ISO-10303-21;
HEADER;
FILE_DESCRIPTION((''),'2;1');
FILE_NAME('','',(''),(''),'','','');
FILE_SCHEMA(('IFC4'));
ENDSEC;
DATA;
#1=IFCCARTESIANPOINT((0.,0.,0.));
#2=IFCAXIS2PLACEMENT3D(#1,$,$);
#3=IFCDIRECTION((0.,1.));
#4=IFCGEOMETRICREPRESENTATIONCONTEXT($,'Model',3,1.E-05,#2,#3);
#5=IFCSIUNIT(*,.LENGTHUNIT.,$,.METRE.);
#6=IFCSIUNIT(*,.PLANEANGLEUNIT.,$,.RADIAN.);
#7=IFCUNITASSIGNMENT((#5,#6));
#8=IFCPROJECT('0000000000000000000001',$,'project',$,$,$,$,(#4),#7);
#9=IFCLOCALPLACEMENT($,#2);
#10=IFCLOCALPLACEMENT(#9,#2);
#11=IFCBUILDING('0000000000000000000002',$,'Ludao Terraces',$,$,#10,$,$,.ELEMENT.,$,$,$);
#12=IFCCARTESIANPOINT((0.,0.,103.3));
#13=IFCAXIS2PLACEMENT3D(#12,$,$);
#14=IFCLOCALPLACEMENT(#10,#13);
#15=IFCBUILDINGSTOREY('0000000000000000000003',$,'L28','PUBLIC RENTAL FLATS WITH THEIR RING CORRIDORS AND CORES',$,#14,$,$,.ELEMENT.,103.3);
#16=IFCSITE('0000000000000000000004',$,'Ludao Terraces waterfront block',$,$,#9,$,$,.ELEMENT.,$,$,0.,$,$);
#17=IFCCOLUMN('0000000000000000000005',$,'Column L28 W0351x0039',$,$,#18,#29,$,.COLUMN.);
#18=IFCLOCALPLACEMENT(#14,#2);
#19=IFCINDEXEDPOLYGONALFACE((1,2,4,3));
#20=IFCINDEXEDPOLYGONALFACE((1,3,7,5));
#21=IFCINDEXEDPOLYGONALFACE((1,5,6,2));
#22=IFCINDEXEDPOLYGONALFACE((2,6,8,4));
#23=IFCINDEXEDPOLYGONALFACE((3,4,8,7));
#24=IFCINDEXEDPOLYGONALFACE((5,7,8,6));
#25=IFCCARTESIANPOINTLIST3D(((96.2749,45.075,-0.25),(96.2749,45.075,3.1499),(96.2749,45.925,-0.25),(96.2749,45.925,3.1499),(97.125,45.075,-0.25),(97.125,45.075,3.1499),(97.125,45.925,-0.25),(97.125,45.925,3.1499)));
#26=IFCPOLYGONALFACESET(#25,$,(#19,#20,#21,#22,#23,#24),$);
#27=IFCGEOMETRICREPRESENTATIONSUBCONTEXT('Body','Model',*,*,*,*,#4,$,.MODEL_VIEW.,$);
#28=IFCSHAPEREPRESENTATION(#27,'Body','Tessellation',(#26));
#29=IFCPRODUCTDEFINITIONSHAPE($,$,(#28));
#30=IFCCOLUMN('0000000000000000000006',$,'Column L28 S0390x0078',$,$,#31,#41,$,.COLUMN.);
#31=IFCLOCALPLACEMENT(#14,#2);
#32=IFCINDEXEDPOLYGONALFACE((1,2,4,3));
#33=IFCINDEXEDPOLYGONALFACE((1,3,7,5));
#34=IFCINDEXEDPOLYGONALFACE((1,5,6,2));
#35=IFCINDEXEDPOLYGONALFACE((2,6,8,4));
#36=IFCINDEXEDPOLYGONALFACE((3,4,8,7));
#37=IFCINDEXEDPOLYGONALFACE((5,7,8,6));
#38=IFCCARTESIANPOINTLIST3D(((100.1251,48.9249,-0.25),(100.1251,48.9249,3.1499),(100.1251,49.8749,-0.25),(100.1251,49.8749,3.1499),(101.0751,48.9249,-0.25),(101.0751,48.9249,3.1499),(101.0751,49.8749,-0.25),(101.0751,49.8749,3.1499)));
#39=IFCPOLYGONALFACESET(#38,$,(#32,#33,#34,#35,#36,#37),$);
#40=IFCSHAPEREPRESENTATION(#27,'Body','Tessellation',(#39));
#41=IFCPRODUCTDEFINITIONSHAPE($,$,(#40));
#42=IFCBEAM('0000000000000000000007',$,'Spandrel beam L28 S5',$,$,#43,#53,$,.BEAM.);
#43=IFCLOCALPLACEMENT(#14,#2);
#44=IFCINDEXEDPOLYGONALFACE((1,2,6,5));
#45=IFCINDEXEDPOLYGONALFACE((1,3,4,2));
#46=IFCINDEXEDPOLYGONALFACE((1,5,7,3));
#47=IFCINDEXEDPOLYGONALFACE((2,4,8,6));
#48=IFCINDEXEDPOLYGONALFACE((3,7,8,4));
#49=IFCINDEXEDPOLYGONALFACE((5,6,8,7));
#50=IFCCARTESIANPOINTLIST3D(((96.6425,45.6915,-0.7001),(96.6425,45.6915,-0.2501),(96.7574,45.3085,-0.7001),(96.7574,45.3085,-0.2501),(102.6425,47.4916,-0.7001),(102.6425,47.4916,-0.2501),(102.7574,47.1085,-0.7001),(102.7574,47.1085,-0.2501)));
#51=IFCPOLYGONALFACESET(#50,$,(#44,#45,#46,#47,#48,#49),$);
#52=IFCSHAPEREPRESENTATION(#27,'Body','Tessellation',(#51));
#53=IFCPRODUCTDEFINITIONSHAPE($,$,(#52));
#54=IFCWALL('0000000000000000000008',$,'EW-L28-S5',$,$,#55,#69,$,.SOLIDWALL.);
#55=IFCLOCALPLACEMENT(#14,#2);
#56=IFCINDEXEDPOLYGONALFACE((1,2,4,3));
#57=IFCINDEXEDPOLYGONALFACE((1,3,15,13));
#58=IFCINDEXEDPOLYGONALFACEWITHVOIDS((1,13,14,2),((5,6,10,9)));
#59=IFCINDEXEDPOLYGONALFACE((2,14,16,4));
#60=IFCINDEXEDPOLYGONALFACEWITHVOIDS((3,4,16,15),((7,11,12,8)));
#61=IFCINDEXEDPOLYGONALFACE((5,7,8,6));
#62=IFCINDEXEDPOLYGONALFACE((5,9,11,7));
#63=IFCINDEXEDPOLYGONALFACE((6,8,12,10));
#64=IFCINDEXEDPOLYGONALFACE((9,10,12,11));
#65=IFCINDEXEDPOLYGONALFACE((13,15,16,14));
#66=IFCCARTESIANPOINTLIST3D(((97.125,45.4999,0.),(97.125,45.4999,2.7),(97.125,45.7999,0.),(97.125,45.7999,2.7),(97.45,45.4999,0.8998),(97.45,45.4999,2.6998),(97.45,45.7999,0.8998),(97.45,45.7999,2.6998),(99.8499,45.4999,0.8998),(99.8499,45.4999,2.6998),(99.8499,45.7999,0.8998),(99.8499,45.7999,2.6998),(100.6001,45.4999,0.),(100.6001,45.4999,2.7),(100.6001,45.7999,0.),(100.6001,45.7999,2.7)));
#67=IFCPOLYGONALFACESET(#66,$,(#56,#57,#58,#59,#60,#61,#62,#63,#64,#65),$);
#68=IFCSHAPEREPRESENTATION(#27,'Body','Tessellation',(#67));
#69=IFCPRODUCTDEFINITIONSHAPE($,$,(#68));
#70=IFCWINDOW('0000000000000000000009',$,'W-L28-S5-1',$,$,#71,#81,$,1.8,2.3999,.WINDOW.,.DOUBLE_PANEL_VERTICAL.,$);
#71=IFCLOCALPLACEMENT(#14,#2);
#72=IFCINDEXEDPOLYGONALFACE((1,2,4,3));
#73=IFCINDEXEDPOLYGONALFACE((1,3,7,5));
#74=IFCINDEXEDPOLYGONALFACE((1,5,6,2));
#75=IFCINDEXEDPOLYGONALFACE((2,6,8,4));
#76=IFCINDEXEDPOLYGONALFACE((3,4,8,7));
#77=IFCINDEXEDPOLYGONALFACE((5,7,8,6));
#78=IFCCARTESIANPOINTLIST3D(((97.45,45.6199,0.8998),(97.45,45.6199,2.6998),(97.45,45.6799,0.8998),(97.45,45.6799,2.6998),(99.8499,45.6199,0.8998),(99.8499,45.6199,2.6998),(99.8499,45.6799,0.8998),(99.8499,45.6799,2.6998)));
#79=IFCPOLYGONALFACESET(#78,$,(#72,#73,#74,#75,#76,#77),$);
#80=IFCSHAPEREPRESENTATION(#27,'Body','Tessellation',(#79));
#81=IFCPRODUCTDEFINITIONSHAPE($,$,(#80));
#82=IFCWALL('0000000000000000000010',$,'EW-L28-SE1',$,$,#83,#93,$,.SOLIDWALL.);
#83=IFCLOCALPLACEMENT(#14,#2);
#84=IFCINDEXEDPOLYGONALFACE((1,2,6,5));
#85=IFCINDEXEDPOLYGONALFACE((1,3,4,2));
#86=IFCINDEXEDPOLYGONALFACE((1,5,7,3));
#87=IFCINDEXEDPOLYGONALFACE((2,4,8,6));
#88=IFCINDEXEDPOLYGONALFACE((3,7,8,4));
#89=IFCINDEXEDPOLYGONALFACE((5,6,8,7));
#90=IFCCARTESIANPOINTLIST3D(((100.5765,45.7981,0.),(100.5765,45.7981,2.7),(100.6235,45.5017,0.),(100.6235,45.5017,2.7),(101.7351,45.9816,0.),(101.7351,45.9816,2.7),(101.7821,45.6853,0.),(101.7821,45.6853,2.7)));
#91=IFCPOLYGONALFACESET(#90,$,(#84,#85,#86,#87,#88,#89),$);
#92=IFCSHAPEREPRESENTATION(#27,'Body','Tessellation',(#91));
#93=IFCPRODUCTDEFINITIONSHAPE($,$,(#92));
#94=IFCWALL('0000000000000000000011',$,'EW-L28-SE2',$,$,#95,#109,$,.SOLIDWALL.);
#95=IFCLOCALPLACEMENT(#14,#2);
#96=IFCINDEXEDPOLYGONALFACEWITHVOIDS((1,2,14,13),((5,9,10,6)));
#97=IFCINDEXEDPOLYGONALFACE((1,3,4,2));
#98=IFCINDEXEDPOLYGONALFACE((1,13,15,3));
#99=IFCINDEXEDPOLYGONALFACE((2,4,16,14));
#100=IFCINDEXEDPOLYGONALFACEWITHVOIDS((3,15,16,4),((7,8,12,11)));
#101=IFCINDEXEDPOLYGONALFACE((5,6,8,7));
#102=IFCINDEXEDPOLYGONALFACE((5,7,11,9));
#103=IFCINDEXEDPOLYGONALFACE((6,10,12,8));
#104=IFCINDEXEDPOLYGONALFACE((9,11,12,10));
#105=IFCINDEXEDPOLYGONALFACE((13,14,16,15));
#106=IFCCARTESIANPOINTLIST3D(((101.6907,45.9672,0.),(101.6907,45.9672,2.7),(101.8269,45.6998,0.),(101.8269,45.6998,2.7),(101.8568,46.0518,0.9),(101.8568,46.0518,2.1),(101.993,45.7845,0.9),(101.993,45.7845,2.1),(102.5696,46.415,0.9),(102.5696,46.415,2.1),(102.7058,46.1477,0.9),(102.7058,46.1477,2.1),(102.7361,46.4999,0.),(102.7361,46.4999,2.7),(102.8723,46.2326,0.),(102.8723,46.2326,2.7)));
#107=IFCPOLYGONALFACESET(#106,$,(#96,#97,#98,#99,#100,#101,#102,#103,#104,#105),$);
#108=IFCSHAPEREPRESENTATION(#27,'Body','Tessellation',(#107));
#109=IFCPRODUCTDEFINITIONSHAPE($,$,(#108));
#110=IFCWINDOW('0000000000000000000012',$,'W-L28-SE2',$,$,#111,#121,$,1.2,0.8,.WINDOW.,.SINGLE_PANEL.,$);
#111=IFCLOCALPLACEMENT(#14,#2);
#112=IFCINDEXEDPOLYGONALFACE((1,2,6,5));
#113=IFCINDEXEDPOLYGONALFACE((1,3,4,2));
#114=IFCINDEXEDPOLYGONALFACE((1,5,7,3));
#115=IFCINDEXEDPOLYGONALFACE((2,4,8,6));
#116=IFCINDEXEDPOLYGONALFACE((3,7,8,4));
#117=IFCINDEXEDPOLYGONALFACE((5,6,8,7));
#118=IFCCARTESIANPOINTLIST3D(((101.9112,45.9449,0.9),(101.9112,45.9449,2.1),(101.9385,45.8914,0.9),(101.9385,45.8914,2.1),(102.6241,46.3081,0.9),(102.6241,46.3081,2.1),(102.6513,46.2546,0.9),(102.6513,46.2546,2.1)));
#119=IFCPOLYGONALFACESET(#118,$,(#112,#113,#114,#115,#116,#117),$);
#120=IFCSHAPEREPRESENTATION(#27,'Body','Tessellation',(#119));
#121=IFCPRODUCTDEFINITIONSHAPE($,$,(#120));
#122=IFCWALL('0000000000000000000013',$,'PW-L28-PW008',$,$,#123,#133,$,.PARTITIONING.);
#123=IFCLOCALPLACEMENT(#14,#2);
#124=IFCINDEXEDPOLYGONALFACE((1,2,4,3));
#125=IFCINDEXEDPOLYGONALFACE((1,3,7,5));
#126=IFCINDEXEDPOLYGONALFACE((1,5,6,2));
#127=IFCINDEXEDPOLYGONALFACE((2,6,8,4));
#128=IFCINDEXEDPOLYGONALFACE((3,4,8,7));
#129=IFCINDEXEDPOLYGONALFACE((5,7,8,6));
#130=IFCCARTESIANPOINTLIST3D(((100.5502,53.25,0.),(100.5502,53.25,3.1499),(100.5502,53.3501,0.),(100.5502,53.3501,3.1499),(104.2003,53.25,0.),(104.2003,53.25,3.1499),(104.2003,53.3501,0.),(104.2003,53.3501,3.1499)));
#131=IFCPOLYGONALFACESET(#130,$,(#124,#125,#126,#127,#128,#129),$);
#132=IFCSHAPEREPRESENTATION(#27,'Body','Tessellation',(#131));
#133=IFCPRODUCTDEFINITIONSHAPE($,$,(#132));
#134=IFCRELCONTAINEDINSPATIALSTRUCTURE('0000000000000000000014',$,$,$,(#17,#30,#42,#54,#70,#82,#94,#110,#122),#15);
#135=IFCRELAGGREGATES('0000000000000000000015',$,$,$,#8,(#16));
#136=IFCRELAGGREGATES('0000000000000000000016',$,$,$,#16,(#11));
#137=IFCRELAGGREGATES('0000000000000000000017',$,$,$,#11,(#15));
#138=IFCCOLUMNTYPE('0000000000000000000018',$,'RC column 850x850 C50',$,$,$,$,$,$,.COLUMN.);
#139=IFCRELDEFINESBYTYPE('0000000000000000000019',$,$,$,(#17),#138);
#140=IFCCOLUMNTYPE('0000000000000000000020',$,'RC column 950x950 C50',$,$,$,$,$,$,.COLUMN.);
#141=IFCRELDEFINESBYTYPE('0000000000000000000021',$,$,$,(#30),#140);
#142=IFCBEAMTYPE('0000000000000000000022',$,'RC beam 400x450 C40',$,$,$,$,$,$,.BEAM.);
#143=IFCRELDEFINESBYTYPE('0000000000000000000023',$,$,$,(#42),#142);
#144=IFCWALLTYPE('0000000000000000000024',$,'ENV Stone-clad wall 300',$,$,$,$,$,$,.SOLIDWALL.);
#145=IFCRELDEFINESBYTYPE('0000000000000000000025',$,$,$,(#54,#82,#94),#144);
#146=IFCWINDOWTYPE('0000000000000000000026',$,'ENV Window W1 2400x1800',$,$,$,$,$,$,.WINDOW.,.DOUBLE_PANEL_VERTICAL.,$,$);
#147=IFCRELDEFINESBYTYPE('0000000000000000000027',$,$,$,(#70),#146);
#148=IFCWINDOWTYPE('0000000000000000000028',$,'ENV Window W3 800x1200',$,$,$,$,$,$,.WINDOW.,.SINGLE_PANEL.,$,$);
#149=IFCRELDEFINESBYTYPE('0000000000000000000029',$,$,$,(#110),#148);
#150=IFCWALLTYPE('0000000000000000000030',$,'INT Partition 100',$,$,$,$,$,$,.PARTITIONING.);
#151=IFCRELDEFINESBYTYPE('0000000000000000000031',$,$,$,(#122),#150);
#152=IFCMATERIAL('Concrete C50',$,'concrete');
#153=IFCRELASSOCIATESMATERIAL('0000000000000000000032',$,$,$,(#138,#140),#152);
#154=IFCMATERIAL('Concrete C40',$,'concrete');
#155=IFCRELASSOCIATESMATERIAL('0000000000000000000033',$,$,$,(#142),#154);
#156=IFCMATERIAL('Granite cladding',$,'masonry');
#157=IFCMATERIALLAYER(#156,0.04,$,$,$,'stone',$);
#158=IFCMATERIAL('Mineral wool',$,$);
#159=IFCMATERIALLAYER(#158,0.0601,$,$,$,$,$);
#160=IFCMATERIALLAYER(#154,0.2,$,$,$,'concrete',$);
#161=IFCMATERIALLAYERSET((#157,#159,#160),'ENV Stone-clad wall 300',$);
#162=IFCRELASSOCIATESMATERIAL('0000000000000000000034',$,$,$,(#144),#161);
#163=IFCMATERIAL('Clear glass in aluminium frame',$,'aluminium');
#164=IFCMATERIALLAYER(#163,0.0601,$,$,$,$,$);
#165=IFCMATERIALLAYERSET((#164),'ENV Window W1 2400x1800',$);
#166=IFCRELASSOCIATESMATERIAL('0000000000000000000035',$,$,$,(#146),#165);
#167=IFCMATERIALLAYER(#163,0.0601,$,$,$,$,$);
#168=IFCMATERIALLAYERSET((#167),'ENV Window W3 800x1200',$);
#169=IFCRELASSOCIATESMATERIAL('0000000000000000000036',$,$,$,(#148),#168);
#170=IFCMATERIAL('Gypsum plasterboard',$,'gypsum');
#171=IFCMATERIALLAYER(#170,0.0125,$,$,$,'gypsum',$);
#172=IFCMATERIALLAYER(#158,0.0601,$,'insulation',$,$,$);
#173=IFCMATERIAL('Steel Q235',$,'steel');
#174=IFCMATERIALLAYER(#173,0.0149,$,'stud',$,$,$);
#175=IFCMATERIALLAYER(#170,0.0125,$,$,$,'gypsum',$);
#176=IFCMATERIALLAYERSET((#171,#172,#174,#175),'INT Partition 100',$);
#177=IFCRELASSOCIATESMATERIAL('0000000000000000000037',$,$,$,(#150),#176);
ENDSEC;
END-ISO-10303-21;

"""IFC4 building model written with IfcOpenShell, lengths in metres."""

from ifc_helpers import new_model, si_unit, direction, frame, frame_2d, origin, origin_2d, place, context, subcontext, project, spatial, rectangle, extrude, material, layer, layer_set, material_profile, profile_set, type_object, element, fill, save


model = new_model("IFC4")

# Units and contexts
model_context = context("Model", 3, precision=1e-05, world=origin(), true_north=direction((0.0, 1.0)))
body_context = subcontext(model_context, "Body", "Model", "MODEL_VIEW")
ifc_project = project(units=[si_unit("LENGTHUNIT", "METRE"), si_unit("PLANEANGLEUNIT", "RADIAN")], contexts=[model_context])

# Site, building, storey
site_placement = place(None, origin())
site = spatial("IfcSite", under=ifc_project, at=site_placement, Name="Ludao Terraces waterfront block", CompositionType="ELEMENT", RefElevation=0.0)
building_placement = place(site_placement, origin())
building = spatial("IfcBuilding", under=site, at=building_placement, Name="Ludao Terraces", CompositionType="ELEMENT")
storey_placement = place(building_placement, frame((0.0, 0.0, 103.3)))
storey = spatial("IfcBuildingStorey", under=building, at=storey_placement, Name="L28", Description="PUBLIC RENTAL FLATS WITH THEIR RING CORRIDORS AND CORES", CompositionType="ELEMENT", Elevation=103.3)

# Columns
ifc_material_1 = material(Name="Concrete C50", Category="concrete")
ifc_material_profile_1 = material_profile(ifc_material_1, rectangle(XDim=0.8501, YDim=0.8501, at=origin_2d()), Name="850 X 850")
ifc_profile_set_1 = profile_set([ifc_material_profile_1], Name="Concrete C50")
column_type_1 = type_object("IfcColumnType", Name="RC column 850x850 C50", PredefinedType="COLUMN", material=ifc_profile_set_1)
column_1_placement = place(storey_placement, frame((96.7, 45.5, -0.25), z_axis=(0.0, 0.0, 1.0), x_axis=(1.0, 0.0, 0.0)))
element("IfcColumn", 1, at=column_1_placement, inside=storey, type_object=column_type_1, Name="Column L28 W0351x0039", PredefinedType="COLUMN", context=body_context, shape_type="SweptSolid", body=[
    extrude(rectangle(XDim=0.8501, YDim=0.8501, at=origin_2d()), origin(), (0.0, 0.0, 1.0), 3.3999),
])
ifc_material_profile_2 = material_profile(ifc_material_1, rectangle(XDim=0.95, YDim=0.95, at=origin_2d()), Name="950 X 950")
ifc_profile_set_2 = profile_set([ifc_material_profile_2], Name="Concrete C50")
column_type_2 = type_object("IfcColumnType", Name="RC column 950x950 C50", PredefinedType="COLUMN", material=ifc_profile_set_2)
column_2_placement = place(storey_placement, frame((100.6001, 49.3999, -0.25), z_axis=(0.0, 0.0, 1.0), x_axis=(1.0, 0.0, 0.0)))
element("IfcColumn", 2, at=column_2_placement, inside=storey, type_object=column_type_2, Name="Column L28 S0390x0078", PredefinedType="COLUMN", context=body_context, shape_type="SweptSolid", body=[
    extrude(rectangle(XDim=0.95, YDim=0.95, at=origin_2d()), origin(), (0.0, 0.0, 1.0), 3.3999),
])

# Beam
ifc_material_2 = material(Name="Concrete C40", Category="concrete")
ifc_material_profile_3 = material_profile(ifc_material_2, rectangle(XDim=0.3999, YDim=0.45, at=origin_2d()), Name="400 X 450")
ifc_profile_set_3 = profile_set([ifc_material_profile_3], Name="Concrete C40")
beam_type = type_object("IfcBeamType", Name="RC beam 400x450 C40", PredefinedType="BEAM", material=ifc_profile_set_3)
beam_placement = place(storey_placement, frame((96.7, 45.5, -0.4751), z_axis=(0.957824, 0.287355, 0.0), x_axis=(-0.287355, 0.957824, 0.0)))
element("IfcBeam", 3, at=beam_placement, inside=storey, type_object=beam_type, Name="Spandrel beam L28 S5", PredefinedType="BEAM", context=body_context, shape_type="SweptSolid", body=[
    extrude(rectangle(XDim=0.3999, YDim=0.45, at=origin_2d()), origin(), (0.0, 0.0, 1.0), 6.2642),
])

# Wall, opening, window
ifc_material_3 = material(Name="Granite cladding", Category="masonry")
ifc_layer_1 = layer(ifc_material_3, 0.04, Category="stone")
ifc_material_4 = material(Name="Mineral wool")
ifc_layer_2 = layer(ifc_material_4, 0.0601)
ifc_layer_3 = layer(ifc_material_2, 0.2, Category="concrete")
ifc_layer_set_1 = layer_set([ifc_layer_1, ifc_layer_2, ifc_layer_3], Name="ENV Stone-clad wall 300")
wall_type_1 = type_object("IfcWallType", Name="ENV Stone-clad wall 300", PredefinedType="SOLIDWALL", material=ifc_layer_set_1)
wall_1_placement = place(storey_placement, frame((97.125, 45.6499, 0.0), z_axis=(0.0, 0.0, 1.0), x_axis=(1.0, 0.0, 0.0)))
wall_1 = element("IfcWall", 4, at=wall_1_placement, inside=storey, type_object=wall_type_1, Name="EW-L28-S5", PredefinedType="SOLIDWALL", context=body_context, shape_type="SweptSolid", body=[
    extrude(rectangle(XDim=3.4751, YDim=0.3, at=frame_2d((1.7375, 0.0))), origin(), (0.0, 0.0, 1.0), 2.7),
])
opening_1_placement = place(wall_1_placement, frame((0.325, 0.0, 0.8999)))
opening_1 = element("IfcOpeningElement", 5, at=opening_1_placement, cuts=wall_1, PredefinedType="OPENING", context=body_context, shape_type="SweptSolid", body=[
    extrude(rectangle(XDim=2.3999, YDim=1.8, at=frame_2d((1.2, 0.8999))), frame((0.0, 0.1602, 0.0), z_axis=(0.0, -1.0, 0.0), x_axis=(1.0, 0.0, 0.0)), (0.0, 0.0, 1.0), 0.3201),
])
ifc_material_5 = material(Name="Clear glass in aluminium frame", Category="aluminium")
ifc_layer_4 = layer(ifc_material_5, 0.0601)
ifc_layer_set_2 = layer_set([ifc_layer_4], Name="ENV Window W1 2400x1800")
window_type_1 = type_object("IfcWindowType", Name="ENV Window W1 2400x1800", PartitioningType="DOUBLE_PANEL_VERTICAL", PredefinedType="WINDOW", material=ifc_layer_set_2)
window_1_placement = place(opening_1_placement, origin())
window_1 = element("IfcWindow", 6, at=window_1_placement, inside=storey, type_object=window_type_1, Name="W-L28-S5-1", OverallHeight=1.8, OverallWidth=2.3999, PartitioningType="DOUBLE_PANEL_VERTICAL", PredefinedType="WINDOW", context=body_context, shape_type="SweptSolid", body=[
    extrude(rectangle(XDim=2.3999, YDim=1.8, at=frame_2d((1.2, 0.8999))), frame((0.0, 0.03, 0.0), z_axis=(0.0, -1.0, 0.0), x_axis=(1.0, 0.0, 0.0)), (0.0, 0.0, 1.0), 0.0601),
])
fill(opening_1, window_1)

# Wall
wall_2_placement = place(storey_placement, frame((100.6001, 45.6499, 0.0), z_axis=(0.0, 0.0, 1.0), x_axis=(0.987678, 0.156497, 0.0)))
element("IfcWall", 7, at=wall_2_placement, inside=storey, type_object=wall_type_1, Name="EW-L28-SE1", PredefinedType="SOLIDWALL", context=body_context, shape_type="SweptSolid", body=[
    extrude(rectangle(XDim=1.1731, YDim=0.3, at=frame_2d((0.5864, 0.0))), origin(), (0.0, 0.0, 1.0), 2.7),
])

# Wall, opening, window
wall_3_placement = place(storey_placement, frame((101.7588, 45.8335, 0.0), z_axis=(0.0, 0.0, 1.0), x_axis=(0.890989, 0.454026, 0.0)))
wall_3 = element("IfcWall", 8, at=wall_3_placement, inside=storey, type_object=wall_type_1, Name="EW-L28-SE2", PredefinedType="SOLIDWALL", context=body_context, shape_type="SweptSolid", body=[
    extrude(rectangle(XDim=1.1733, YDim=0.3, at=frame_2d((0.5867, 0.0))), origin(), (0.0, 0.0, 1.0), 2.7),
])
opening_2_placement = place(wall_3_placement, frame((0.1865, 0.0, 0.8999)))
opening_2 = element("IfcOpeningElement", 9, at=opening_2_placement, cuts=wall_3, PredefinedType="OPENING", context=body_context, shape_type="SweptSolid", body=[
    extrude(rectangle(XDim=0.8, YDim=1.2, at=frame_2d((0.3999, 0.6001))), frame((0.0, 0.1602, 0.0), z_axis=(0.0, -1.0, 0.0), x_axis=(1.0, 0.0, 0.0)), (0.0, 0.0, 1.0), 0.3201),
])
ifc_layer_5 = layer(ifc_material_5, 0.0601)
ifc_layer_set_3 = layer_set([ifc_layer_5], Name="ENV Window W3 800x1200")
window_type_2 = type_object("IfcWindowType", Name="ENV Window W3 800x1200", PartitioningType="SINGLE_PANEL", PredefinedType="WINDOW", material=ifc_layer_set_3)
window_2_placement = place(opening_2_placement, origin())
window_2 = element("IfcWindow", 10, at=window_2_placement, inside=storey, type_object=window_type_2, Name="W-L28-SE2", OverallHeight=1.2, OverallWidth=0.8, PartitioningType="SINGLE_PANEL", PredefinedType="WINDOW", context=body_context, shape_type="SweptSolid", body=[
    extrude(rectangle(XDim=0.8, YDim=1.2, at=frame_2d((0.3999, 0.6001))), frame((0.0, 0.03, 0.0), z_axis=(0.0, -1.0, 0.0), x_axis=(1.0, 0.0, 0.0)), (0.0, 0.0, 1.0), 0.0601),
])
fill(opening_2, window_2)

# Wall
ifc_material_6 = material(Name="Gypsum plasterboard", Category="gypsum")
ifc_layer_6 = layer(ifc_material_6, 0.0125, Category="gypsum")
ifc_layer_7 = layer(ifc_material_4, 0.0601, Name="insulation")
ifc_material_7 = material(Name="Steel Q235", Category="steel")
ifc_layer_8 = layer(ifc_material_7, 0.0149, Name="stud")
ifc_layer_9 = layer(ifc_material_6, 0.0125, Category="gypsum")
ifc_layer_set_4 = layer_set([ifc_layer_6, ifc_layer_7, ifc_layer_8, ifc_layer_9], Name="INT Partition 100")
wall_type_2 = type_object("IfcWallType", Name="INT Partition 100", PredefinedType="PARTITIONING", material=ifc_layer_set_4)
wall_4_placement = place(storey_placement, frame((100.55, 53.3, 0.0), z_axis=(0.0, 0.0, 1.0), x_axis=(1.0, 0.0, 0.0)))
element("IfcWall", 11, at=wall_4_placement, inside=storey, type_object=wall_type_2, Name="PW-L28-PW008", PredefinedType="PARTITIONING", context=body_context, shape_type="SweptSolid", body=[
    extrude(rectangle(XDim=3.6501, YDim=0.1001, at=frame_2d((1.8252, 0.0))), origin(), (0.0, 0.0, 1.0), 3.1499),
])

save(model, "model.ifc")
